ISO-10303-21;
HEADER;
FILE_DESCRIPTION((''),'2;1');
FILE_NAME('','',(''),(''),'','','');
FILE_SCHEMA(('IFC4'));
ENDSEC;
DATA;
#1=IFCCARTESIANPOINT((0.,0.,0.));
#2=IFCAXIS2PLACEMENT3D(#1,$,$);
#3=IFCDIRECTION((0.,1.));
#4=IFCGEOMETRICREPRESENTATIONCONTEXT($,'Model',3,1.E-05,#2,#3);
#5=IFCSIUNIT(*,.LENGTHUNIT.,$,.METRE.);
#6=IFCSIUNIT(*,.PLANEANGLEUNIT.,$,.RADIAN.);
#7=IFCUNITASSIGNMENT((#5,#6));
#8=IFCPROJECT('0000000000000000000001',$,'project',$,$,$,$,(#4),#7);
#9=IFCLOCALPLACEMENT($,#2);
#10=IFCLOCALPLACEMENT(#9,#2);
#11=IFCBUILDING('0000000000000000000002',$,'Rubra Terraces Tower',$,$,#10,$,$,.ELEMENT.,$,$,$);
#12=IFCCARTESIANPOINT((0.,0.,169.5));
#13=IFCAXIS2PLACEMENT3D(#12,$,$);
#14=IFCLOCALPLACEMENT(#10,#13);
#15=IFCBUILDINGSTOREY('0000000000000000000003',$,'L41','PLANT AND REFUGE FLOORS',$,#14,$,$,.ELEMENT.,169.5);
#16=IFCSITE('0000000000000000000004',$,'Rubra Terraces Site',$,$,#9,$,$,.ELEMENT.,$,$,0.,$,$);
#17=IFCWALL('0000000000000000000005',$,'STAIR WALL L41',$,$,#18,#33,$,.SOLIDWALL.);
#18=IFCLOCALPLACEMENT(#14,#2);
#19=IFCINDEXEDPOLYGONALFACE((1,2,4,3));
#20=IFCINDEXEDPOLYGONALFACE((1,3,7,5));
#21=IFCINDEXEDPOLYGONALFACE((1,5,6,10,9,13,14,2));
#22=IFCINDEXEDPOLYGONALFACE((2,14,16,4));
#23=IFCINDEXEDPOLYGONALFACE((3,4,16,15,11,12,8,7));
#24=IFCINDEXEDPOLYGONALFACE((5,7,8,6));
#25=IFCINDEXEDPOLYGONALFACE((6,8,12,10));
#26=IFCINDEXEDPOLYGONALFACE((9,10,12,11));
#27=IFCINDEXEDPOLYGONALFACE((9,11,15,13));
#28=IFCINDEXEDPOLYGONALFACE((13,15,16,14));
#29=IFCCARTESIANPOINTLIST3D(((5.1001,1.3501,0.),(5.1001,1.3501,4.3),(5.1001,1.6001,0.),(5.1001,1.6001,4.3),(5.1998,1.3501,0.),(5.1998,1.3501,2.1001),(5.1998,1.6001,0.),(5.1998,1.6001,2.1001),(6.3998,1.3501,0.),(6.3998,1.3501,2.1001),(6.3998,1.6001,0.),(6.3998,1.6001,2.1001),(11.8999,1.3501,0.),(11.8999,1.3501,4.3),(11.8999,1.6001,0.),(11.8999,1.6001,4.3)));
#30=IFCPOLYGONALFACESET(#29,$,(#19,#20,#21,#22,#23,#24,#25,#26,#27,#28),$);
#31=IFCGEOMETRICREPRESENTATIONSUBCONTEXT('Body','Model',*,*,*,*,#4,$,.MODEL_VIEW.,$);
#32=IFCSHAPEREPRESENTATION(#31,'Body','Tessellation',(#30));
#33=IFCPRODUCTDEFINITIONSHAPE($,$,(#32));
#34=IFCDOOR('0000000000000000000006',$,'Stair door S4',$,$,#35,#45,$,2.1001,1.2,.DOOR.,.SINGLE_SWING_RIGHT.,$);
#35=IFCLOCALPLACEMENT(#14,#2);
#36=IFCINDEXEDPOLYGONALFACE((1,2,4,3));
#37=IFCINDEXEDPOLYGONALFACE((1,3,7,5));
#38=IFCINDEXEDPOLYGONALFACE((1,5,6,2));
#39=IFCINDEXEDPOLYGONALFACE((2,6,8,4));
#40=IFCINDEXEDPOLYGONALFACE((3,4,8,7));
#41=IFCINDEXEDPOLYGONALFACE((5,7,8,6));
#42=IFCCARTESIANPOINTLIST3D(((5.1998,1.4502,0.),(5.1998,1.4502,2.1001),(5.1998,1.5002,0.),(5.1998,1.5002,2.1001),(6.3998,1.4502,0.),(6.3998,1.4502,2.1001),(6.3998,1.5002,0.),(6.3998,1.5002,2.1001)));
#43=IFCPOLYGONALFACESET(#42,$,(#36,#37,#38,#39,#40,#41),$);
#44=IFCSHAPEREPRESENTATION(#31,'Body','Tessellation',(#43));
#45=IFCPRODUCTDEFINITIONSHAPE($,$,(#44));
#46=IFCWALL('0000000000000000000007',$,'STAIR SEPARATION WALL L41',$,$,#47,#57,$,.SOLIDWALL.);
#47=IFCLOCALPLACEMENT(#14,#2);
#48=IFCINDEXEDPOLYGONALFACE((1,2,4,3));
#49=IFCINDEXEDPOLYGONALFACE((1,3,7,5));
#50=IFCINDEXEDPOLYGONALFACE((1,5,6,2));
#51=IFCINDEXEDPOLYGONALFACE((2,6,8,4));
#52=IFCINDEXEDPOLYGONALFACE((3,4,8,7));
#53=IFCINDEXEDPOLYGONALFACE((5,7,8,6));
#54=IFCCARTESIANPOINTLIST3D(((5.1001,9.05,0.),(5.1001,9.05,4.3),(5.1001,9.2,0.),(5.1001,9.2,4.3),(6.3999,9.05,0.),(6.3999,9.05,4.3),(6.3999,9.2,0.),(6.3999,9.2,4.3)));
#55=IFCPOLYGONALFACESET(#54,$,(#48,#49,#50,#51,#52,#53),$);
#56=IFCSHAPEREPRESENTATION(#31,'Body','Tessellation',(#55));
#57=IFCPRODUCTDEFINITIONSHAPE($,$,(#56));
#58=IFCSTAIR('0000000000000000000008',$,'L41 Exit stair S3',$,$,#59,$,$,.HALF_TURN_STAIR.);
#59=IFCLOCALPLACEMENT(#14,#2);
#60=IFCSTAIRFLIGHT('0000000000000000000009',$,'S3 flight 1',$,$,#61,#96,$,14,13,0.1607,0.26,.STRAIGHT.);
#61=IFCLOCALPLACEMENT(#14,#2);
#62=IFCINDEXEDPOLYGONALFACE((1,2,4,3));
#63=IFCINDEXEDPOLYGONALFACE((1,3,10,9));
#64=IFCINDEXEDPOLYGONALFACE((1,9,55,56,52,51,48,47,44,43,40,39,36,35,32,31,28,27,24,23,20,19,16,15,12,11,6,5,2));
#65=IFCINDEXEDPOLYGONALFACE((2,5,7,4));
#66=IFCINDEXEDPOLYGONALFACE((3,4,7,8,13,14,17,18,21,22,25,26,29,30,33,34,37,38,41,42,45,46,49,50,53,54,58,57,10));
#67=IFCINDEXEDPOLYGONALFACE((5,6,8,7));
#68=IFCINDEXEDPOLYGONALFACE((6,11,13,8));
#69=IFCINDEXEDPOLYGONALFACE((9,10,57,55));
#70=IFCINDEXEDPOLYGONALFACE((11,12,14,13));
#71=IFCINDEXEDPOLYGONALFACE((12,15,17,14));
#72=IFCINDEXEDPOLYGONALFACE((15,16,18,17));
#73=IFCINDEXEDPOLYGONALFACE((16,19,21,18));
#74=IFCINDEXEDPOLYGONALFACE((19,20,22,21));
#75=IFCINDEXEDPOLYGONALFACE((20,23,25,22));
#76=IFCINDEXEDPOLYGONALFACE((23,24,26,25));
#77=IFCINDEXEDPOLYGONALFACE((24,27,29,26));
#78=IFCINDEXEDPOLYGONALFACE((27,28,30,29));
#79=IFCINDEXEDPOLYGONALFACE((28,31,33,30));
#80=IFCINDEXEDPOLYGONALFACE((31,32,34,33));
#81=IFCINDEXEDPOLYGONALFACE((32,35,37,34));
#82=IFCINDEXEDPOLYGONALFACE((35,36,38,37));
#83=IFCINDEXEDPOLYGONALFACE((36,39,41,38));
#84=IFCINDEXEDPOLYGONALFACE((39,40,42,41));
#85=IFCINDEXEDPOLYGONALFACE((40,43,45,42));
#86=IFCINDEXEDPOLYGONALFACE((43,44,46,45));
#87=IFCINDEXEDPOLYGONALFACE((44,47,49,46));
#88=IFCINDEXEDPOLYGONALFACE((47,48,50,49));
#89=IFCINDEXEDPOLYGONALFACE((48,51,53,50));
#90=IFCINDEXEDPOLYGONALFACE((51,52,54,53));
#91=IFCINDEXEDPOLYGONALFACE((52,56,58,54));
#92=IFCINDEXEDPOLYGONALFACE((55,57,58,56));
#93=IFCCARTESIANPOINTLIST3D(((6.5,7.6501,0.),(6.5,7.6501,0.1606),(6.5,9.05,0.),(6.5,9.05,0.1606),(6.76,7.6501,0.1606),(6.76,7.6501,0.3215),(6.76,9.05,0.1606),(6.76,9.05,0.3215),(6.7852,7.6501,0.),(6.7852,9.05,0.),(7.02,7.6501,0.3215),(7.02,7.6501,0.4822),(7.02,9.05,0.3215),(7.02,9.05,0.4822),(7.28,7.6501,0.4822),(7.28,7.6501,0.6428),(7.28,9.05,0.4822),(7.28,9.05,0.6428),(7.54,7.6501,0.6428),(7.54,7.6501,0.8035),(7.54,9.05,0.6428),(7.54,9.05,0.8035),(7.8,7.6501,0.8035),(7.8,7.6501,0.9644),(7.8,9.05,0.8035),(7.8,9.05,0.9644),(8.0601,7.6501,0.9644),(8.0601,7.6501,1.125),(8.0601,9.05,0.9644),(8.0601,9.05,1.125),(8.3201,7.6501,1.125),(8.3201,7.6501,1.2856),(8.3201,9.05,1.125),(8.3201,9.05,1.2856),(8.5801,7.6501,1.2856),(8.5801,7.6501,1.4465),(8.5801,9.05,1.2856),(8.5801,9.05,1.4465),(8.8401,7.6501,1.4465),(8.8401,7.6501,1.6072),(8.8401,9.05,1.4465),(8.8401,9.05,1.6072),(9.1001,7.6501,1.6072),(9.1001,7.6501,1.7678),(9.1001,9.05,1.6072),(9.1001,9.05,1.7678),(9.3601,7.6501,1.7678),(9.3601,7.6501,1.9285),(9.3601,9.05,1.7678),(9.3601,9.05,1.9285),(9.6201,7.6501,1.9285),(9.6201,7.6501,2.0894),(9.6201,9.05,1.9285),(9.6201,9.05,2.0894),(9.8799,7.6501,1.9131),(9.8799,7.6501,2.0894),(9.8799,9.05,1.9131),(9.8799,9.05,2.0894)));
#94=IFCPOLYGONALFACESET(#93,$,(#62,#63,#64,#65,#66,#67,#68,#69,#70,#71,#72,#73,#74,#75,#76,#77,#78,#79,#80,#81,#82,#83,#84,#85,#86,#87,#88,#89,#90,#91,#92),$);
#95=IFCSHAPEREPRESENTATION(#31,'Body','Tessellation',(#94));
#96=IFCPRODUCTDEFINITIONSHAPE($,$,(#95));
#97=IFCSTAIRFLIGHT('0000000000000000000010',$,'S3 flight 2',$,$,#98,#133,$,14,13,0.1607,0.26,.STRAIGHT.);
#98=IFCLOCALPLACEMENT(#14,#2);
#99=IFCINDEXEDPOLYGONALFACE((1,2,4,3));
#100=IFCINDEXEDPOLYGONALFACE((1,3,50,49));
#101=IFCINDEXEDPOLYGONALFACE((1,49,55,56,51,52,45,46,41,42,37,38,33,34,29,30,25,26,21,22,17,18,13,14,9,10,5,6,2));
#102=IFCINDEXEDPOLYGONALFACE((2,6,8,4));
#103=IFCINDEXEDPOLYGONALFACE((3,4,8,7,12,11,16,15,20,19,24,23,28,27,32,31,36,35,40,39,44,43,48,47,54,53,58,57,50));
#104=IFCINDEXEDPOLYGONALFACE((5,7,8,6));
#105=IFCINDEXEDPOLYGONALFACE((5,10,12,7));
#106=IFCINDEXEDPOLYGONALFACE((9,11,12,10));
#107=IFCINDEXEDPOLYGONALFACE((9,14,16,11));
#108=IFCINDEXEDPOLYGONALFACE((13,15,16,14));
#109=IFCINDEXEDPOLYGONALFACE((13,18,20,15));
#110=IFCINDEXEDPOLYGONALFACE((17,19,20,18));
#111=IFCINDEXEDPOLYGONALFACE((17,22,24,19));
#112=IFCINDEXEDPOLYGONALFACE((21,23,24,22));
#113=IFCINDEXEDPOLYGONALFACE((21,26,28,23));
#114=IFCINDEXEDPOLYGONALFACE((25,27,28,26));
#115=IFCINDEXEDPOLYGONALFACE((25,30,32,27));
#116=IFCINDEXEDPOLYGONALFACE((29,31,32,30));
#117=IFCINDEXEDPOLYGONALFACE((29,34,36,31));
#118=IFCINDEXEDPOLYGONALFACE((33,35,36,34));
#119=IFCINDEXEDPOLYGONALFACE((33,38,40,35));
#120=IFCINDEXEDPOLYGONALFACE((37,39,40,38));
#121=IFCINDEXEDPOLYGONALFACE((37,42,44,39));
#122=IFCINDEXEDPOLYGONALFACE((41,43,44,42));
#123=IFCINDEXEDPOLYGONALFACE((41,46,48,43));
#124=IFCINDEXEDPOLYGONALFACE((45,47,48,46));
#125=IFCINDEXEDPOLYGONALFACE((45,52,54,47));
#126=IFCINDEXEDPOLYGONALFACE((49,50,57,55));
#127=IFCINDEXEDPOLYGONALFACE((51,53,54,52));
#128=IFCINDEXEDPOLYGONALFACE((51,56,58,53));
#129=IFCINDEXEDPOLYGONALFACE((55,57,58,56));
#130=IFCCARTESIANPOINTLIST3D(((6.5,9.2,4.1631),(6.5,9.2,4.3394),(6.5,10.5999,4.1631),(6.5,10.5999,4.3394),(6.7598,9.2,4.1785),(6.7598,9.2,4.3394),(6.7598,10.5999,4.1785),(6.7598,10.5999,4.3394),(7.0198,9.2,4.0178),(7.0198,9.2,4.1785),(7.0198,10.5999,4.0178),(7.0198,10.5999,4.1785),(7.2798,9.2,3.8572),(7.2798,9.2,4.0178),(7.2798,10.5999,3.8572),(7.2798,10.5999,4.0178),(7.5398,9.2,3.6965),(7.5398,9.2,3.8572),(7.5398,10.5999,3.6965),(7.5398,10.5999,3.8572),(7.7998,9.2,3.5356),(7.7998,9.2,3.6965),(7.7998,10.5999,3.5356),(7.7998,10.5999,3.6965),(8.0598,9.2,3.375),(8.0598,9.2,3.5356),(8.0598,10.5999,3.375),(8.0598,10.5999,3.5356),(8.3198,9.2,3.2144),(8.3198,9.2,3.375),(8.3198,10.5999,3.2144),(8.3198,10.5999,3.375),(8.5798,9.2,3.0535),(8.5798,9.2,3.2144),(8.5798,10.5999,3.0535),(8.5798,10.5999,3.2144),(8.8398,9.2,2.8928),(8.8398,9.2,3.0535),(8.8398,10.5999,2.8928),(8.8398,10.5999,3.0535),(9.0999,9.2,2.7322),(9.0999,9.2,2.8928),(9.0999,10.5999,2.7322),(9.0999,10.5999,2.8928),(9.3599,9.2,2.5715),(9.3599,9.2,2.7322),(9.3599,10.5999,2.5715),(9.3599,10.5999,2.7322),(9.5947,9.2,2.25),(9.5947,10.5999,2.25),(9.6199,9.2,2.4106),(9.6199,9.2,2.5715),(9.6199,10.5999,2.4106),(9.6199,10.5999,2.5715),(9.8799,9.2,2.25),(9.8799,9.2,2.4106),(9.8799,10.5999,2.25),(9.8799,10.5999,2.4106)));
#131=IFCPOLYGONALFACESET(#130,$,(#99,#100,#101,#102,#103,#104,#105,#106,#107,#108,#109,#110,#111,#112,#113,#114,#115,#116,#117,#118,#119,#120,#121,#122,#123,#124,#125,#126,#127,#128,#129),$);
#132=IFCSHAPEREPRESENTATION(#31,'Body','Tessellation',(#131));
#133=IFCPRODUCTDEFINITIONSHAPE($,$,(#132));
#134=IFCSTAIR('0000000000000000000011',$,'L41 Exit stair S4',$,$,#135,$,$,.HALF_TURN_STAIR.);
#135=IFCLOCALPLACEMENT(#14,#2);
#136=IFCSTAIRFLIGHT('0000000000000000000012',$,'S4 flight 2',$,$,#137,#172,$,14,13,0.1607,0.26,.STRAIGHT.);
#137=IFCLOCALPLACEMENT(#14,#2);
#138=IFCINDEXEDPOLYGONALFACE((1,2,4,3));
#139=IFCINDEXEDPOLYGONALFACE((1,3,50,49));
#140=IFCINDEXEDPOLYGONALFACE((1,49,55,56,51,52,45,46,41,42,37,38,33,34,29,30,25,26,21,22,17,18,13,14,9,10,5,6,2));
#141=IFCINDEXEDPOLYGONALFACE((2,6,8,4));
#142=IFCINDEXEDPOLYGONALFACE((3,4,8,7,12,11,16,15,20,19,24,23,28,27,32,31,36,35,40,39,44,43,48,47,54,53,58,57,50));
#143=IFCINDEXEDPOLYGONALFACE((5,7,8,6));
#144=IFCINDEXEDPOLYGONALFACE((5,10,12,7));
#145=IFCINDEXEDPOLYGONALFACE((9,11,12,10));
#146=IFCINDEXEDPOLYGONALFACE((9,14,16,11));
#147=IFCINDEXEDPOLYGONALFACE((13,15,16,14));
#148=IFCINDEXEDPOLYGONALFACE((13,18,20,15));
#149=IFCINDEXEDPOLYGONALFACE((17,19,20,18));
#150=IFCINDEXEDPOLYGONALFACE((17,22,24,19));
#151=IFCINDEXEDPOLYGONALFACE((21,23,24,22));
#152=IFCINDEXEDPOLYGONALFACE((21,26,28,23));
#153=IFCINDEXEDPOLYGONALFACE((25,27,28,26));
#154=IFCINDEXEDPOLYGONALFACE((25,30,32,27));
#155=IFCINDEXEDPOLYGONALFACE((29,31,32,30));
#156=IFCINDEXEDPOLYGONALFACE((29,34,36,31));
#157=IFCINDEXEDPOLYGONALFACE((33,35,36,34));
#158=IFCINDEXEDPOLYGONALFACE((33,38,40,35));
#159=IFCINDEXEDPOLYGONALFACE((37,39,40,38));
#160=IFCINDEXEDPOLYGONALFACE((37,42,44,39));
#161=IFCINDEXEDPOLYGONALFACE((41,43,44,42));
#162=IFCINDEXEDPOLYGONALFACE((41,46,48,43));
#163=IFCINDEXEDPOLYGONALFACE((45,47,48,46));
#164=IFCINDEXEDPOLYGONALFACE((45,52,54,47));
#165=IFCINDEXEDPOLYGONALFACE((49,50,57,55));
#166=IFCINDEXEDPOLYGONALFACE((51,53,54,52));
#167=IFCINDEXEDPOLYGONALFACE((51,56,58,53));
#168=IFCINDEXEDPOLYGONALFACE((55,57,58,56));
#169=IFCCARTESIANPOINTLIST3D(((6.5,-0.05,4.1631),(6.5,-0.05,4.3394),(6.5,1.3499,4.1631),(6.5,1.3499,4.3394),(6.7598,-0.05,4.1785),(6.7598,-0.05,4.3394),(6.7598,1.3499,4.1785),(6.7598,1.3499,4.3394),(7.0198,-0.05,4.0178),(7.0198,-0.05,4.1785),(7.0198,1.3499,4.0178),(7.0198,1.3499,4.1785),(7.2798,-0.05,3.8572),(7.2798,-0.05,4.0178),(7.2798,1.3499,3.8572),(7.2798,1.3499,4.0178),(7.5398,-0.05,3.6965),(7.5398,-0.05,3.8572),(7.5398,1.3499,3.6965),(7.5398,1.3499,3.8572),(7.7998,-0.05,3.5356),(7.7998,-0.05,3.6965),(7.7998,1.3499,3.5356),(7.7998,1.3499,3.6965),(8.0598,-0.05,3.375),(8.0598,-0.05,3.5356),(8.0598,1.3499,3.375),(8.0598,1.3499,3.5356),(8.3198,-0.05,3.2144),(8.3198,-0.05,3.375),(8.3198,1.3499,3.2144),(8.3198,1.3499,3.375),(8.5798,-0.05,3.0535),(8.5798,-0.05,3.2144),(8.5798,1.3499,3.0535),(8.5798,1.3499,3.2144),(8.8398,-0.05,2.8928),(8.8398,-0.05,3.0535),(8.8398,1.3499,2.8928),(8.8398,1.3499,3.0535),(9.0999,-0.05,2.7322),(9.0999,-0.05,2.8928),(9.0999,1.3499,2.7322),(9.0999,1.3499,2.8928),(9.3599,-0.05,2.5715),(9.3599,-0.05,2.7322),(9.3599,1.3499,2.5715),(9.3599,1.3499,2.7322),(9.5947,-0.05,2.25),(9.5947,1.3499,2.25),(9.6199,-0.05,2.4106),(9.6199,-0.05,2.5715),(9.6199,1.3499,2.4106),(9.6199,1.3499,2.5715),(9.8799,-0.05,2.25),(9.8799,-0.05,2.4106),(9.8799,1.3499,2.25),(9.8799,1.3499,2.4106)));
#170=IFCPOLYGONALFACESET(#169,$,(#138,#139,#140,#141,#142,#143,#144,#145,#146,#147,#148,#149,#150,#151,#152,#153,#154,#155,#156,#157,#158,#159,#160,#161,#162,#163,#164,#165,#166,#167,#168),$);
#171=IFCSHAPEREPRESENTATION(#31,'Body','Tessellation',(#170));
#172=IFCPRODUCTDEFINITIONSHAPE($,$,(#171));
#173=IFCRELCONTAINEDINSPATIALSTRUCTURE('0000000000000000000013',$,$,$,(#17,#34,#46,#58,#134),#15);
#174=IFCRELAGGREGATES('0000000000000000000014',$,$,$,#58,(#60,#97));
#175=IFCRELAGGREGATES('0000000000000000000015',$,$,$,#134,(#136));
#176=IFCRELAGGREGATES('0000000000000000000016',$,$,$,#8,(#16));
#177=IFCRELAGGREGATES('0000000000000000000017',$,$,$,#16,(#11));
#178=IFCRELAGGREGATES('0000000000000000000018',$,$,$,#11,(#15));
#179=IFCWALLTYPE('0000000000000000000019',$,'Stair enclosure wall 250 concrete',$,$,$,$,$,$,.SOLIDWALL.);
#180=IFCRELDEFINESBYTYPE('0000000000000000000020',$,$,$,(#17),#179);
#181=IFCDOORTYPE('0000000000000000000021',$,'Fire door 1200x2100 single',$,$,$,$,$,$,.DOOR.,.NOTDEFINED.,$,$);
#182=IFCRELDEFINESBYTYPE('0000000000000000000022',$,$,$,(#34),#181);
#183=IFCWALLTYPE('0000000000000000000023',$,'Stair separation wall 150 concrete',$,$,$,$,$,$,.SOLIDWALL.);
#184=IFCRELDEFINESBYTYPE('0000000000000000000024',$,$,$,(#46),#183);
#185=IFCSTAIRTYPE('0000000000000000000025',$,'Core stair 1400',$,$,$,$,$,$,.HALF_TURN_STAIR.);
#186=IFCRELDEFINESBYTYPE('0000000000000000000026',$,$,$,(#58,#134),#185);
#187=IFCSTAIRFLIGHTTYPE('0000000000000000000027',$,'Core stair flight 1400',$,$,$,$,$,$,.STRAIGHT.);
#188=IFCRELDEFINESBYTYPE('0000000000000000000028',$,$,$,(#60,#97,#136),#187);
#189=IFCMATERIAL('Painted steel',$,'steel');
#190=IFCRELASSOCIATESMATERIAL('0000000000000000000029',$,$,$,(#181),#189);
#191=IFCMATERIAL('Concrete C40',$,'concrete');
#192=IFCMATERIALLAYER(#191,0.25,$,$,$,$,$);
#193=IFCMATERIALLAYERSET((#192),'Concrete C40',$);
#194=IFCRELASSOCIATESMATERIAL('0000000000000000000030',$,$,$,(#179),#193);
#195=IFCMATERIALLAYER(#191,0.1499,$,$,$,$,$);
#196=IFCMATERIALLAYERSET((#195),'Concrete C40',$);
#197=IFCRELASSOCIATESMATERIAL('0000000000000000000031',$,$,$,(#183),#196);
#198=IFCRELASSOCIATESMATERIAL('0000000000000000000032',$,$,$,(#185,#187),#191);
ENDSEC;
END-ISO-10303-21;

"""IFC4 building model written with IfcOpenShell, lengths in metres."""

from ifc_helpers import new_model, si_unit, direction, frame, frame_2d, origin, place, context, subcontext, project, spatial, polyline, rectangle, outline, extrude, material, layer, layer_set, type_object, element, fill, aggregate, save


model = new_model("IFC4")

# Units and contexts
model_context = context("Model", 3, precision=1e-05, world=origin(), true_north=direction((0.0, 1.0)))
body_context = subcontext(model_context, "Body", "Model", "MODEL_VIEW")
ifc_project = project(units=[si_unit("LENGTHUNIT", "METRE"), si_unit("PLANEANGLEUNIT", "RADIAN")], contexts=[model_context])

# Site, building, storey
site_placement = place(None, origin())
site = spatial("IfcSite", under=ifc_project, at=site_placement, Name="Rubra Terraces Site", CompositionType="ELEMENT", RefElevation=0.0)
building_placement = place(site_placement, origin())
building = spatial("IfcBuilding", under=site, at=building_placement, Name="Rubra Terraces Tower", CompositionType="ELEMENT")
storey_placement = place(building_placement, frame((0.0, 0.0, 169.5)))
storey = spatial("IfcBuildingStorey", under=building, at=storey_placement, Name="L41", Description="PLANT AND REFUGE FLOORS", CompositionType="ELEMENT", Elevation=169.5)

# Shared definitions
ifc_material_1 = material(Name="Concrete C40", Category="concrete")

# Shared definitions
ifc_material_2 = material(Name="Painted steel", Category="steel")
door_type_1 = type_object("IfcDoorType", Name="Fire door 1200x2100 single", OperationType="NOTDEFINED", PredefinedType="DOOR", material=ifc_material_2)

# Wall, opening, door
ifc_layer_1 = layer(ifc_material_1, 0.25)
ifc_layer_set_1 = layer_set([ifc_layer_1], Name="Concrete C40")
wall_type_1 = type_object("IfcWallType", Name="Stair enclosure wall 250 concrete", PredefinedType="SOLIDWALL", material=ifc_layer_set_1)
wall_1_placement = place(storey_placement, frame((11.8999, 1.4751, 0.0), z_axis=(0.0, 0.0, 1.0), x_axis=(-1.0, 0.0, 0.0)))
wall_1 = element("IfcWall", 1, at=wall_1_placement, inside=storey, type_object=wall_type_1, Name="STAIR WALL L41", PredefinedType="SOLIDWALL", context=body_context, shape_type="SweptSolid", body=[
    extrude(rectangle(XDim=6.7998, YDim=0.25, at=frame_2d((3.3999, 0.0))), origin(), (0.0, 0.0, 1.0), 4.3),
])
opening_1_placement = place(wall_1_placement, frame((5.5, 0.0, 0.0)))
opening_1 = element("IfcOpeningElement", 2, at=opening_1_placement, cuts=wall_1, PredefinedType="OPENING", context=body_context, shape_type="SweptSolid", body=[
    extrude(rectangle(XDim=1.2, YDim=2.1001, at=frame_2d((0.6001, 1.05))), frame((0.0, 0.135, 0.0), z_axis=(0.0, -1.0, 0.0), x_axis=(1.0, 0.0, 0.0)), (0.0, 0.0, 1.0), 0.27),
])
door_1_placement = place(opening_1_placement, origin())
door_1 = element("IfcDoor", 3, at=door_1_placement, inside=storey, type_object=door_type_1, Name="Stair door S4", OperationType="SINGLE_SWING_RIGHT", OverallHeight=2.1001, OverallWidth=1.2, PredefinedType="DOOR", context=body_context, shape_type="SweptSolid", body=[
    extrude(rectangle(XDim=1.2, YDim=2.1001, at=frame_2d((0.6001, 1.05))), frame((0.0, 0.0249, 0.0), z_axis=(0.0, -1.0, 0.0), x_axis=(1.0, 0.0, 0.0)), (0.0, 0.0, 1.0), 0.05),
])
fill(opening_1, door_1)

# Wall
ifc_layer_2 = layer(ifc_material_1, 0.1499)
ifc_layer_set_2 = layer_set([ifc_layer_2], Name="Concrete C40")
wall_type_2 = type_object("IfcWallType", Name="Stair separation wall 150 concrete", PredefinedType="SOLIDWALL", material=ifc_layer_set_2)
wall_2_placement = place(storey_placement, frame((6.3999, 9.125, 0.0), z_axis=(0.0, 0.0, 1.0), x_axis=(-1.0, 0.0, 0.0)))
element("IfcWall", 4, at=wall_2_placement, inside=storey, type_object=wall_type_2, Name="STAIR SEPARATION WALL L41", PredefinedType="SOLIDWALL", context=body_context, shape_type="SweptSolid", body=[
    extrude(rectangle(XDim=1.2998, YDim=0.1499, at=frame_2d((0.6499, 0.0))), origin(), (0.0, 0.0, 1.0), 4.3),
])

# Stair, stair flights
stair_type = type_object("IfcStairType", Name="Core stair 1400", PredefinedType="HALF_TURN_STAIR", material=ifc_material_1)
stair_1_placement = place(storey_placement, origin())
stair_1 = element("IfcStair", 5, at=stair_1_placement, inside=storey, type_object=stair_type, Name="L41 Exit stair S3", PredefinedType="HALF_TURN_STAIR")
stair_flight_type = type_object("IfcStairFlightType", Name="Core stair flight 1400", PredefinedType="STRAIGHT", material=ifc_material_1)
stair_flight_1_placement = place(storey_placement, frame((6.5, 8.3501, 0.0), z_axis=(0.0, 0.0, 1.0), x_axis=(1.0, 0.0, 0.0)))
stair_flight_1 = element("IfcStairFlight", 6, at=stair_flight_1_placement, type_object=stair_flight_type, Name="S3 flight 1", NumberOfRisers=14, NumberOfTreads=13, PredefinedType="STRAIGHT", RiserHeight=0.1607, TreadLength=0.26, context=body_context, shape_type="SweptSolid", body=[
    extrude(outline(polyline([(0.0, 0.0), (0.0, 0.1606), (0.26, 0.1606), (0.26, 0.3215), (0.52, 0.3215), (0.52, 0.4822), (0.78, 0.4822), (0.78, 0.6428), (1.04, 0.6428), (1.04, 0.8035), (1.3, 0.8035), (1.3, 0.9644), (1.5601, 0.9644), (1.5601, 1.125), (1.8201, 1.125), (1.8201, 1.2856), (2.0801, 1.2856), (2.0801, 1.4465), (2.3401, 1.4465), (2.3401, 1.6072), (2.6001, 1.6072), (2.6001, 1.7678), (2.8601, 1.7678), (2.8601, 1.9285), (3.1201, 1.9285), (3.1201, 2.0894), (3.3799, 2.0894), (3.3799, 2.25), (3.3799, 1.9131), (0.2852, 0.0), (0.0, 0.0)])), frame((0.0, 0.7, 0.0), z_axis=(0.0, -1.0, 0.0), x_axis=(1.0, 0.0, 0.0)), (0.0, 0.0, 1.0), 1.3999),
])
stair_flight_2_placement = place(storey_placement, frame((9.8799, 9.8999, 2.25), z_axis=(0.0, 0.0, 1.0), x_axis=(-1.0, 0.0, 0.0)))
stair_flight_2 = element("IfcStairFlight", 7, at=stair_flight_2_placement, type_object=stair_flight_type, Name="S3 flight 2", NumberOfRisers=14, NumberOfTreads=13, PredefinedType="STRAIGHT", RiserHeight=0.1607, TreadLength=0.26, context=body_context, shape_type="SweptSolid", body=[
    extrude(outline(polyline([(0.0, 0.0), (0.0, 0.1606), (0.26, 0.1606), (0.26, 0.3215), (0.52, 0.3215), (0.52, 0.4822), (0.78, 0.4822), (0.78, 0.6428), (1.04, 0.6428), (1.04, 0.8035), (1.3, 0.8035), (1.3, 0.9644), (1.5601, 0.9644), (1.5601, 1.125), (1.8201, 1.125), (1.8201, 1.2856), (2.0801, 1.2856), (2.0801, 1.4465), (2.3401, 1.4465), (2.3401, 1.6072), (2.6001, 1.6072), (2.6001, 1.7678), (2.8601, 1.7678), (2.8601, 1.9285), (3.1201, 1.9285), (3.1201, 2.0894), (3.3799, 2.0894), (3.3799, 2.25), (3.3799, 1.9131), (0.2852, 0.0), (0.0, 0.0)])), frame((0.0, 0.7, 0.0), z_axis=(0.0, -1.0, 0.0), x_axis=(1.0, 0.0, 0.0)), (0.0, 0.0, 1.0), 1.3999),
])
aggregate(stair_1, [stair_flight_1, stair_flight_2])

# Stair, stair flight
stair_2_placement = place(storey_placement, origin())
stair_2 = element("IfcStair", 8, at=stair_2_placement, inside=storey, type_object=stair_type, Name="L41 Exit stair S4", PredefinedType="HALF_TURN_STAIR")
stair_flight_3_placement = place(storey_placement, frame((9.8799, 0.6499, 2.25), z_axis=(0.0, 0.0, 1.0), x_axis=(-1.0, 0.0, 0.0)))
stair_flight_3 = element("IfcStairFlight", 9, at=stair_flight_3_placement, type_object=stair_flight_type, Name="S4 flight 2", NumberOfRisers=14, NumberOfTreads=13, PredefinedType="STRAIGHT", RiserHeight=0.1607, TreadLength=0.26, context=body_context, shape_type="SweptSolid", body=[
    extrude(outline(polyline([(0.0, 0.0), (0.0, 0.1606), (0.26, 0.1606), (0.26, 0.3215), (0.52, 0.3215), (0.52, 0.4822), (0.78, 0.4822), (0.78, 0.6428), (1.04, 0.6428), (1.04, 0.8035), (1.3, 0.8035), (1.3, 0.9644), (1.5601, 0.9644), (1.5601, 1.125), (1.8201, 1.125), (1.8201, 1.2856), (2.0801, 1.2856), (2.0801, 1.4465), (2.3401, 1.4465), (2.3401, 1.6072), (2.6001, 1.6072), (2.6001, 1.7678), (2.8601, 1.7678), (2.8601, 1.9285), (3.1201, 1.9285), (3.1201, 2.0894), (3.3799, 2.0894), (3.3799, 2.25), (3.3799, 1.9131), (0.2852, 0.0), (0.0, 0.0)])), frame((0.0, 0.7, 0.0), z_axis=(0.0, -1.0, 0.0), x_axis=(1.0, 0.0, 0.0)), (0.0, 0.0, 1.0), 1.3999),
])
aggregate(stair_2, [stair_flight_3])

save(model, "model.ifc")
